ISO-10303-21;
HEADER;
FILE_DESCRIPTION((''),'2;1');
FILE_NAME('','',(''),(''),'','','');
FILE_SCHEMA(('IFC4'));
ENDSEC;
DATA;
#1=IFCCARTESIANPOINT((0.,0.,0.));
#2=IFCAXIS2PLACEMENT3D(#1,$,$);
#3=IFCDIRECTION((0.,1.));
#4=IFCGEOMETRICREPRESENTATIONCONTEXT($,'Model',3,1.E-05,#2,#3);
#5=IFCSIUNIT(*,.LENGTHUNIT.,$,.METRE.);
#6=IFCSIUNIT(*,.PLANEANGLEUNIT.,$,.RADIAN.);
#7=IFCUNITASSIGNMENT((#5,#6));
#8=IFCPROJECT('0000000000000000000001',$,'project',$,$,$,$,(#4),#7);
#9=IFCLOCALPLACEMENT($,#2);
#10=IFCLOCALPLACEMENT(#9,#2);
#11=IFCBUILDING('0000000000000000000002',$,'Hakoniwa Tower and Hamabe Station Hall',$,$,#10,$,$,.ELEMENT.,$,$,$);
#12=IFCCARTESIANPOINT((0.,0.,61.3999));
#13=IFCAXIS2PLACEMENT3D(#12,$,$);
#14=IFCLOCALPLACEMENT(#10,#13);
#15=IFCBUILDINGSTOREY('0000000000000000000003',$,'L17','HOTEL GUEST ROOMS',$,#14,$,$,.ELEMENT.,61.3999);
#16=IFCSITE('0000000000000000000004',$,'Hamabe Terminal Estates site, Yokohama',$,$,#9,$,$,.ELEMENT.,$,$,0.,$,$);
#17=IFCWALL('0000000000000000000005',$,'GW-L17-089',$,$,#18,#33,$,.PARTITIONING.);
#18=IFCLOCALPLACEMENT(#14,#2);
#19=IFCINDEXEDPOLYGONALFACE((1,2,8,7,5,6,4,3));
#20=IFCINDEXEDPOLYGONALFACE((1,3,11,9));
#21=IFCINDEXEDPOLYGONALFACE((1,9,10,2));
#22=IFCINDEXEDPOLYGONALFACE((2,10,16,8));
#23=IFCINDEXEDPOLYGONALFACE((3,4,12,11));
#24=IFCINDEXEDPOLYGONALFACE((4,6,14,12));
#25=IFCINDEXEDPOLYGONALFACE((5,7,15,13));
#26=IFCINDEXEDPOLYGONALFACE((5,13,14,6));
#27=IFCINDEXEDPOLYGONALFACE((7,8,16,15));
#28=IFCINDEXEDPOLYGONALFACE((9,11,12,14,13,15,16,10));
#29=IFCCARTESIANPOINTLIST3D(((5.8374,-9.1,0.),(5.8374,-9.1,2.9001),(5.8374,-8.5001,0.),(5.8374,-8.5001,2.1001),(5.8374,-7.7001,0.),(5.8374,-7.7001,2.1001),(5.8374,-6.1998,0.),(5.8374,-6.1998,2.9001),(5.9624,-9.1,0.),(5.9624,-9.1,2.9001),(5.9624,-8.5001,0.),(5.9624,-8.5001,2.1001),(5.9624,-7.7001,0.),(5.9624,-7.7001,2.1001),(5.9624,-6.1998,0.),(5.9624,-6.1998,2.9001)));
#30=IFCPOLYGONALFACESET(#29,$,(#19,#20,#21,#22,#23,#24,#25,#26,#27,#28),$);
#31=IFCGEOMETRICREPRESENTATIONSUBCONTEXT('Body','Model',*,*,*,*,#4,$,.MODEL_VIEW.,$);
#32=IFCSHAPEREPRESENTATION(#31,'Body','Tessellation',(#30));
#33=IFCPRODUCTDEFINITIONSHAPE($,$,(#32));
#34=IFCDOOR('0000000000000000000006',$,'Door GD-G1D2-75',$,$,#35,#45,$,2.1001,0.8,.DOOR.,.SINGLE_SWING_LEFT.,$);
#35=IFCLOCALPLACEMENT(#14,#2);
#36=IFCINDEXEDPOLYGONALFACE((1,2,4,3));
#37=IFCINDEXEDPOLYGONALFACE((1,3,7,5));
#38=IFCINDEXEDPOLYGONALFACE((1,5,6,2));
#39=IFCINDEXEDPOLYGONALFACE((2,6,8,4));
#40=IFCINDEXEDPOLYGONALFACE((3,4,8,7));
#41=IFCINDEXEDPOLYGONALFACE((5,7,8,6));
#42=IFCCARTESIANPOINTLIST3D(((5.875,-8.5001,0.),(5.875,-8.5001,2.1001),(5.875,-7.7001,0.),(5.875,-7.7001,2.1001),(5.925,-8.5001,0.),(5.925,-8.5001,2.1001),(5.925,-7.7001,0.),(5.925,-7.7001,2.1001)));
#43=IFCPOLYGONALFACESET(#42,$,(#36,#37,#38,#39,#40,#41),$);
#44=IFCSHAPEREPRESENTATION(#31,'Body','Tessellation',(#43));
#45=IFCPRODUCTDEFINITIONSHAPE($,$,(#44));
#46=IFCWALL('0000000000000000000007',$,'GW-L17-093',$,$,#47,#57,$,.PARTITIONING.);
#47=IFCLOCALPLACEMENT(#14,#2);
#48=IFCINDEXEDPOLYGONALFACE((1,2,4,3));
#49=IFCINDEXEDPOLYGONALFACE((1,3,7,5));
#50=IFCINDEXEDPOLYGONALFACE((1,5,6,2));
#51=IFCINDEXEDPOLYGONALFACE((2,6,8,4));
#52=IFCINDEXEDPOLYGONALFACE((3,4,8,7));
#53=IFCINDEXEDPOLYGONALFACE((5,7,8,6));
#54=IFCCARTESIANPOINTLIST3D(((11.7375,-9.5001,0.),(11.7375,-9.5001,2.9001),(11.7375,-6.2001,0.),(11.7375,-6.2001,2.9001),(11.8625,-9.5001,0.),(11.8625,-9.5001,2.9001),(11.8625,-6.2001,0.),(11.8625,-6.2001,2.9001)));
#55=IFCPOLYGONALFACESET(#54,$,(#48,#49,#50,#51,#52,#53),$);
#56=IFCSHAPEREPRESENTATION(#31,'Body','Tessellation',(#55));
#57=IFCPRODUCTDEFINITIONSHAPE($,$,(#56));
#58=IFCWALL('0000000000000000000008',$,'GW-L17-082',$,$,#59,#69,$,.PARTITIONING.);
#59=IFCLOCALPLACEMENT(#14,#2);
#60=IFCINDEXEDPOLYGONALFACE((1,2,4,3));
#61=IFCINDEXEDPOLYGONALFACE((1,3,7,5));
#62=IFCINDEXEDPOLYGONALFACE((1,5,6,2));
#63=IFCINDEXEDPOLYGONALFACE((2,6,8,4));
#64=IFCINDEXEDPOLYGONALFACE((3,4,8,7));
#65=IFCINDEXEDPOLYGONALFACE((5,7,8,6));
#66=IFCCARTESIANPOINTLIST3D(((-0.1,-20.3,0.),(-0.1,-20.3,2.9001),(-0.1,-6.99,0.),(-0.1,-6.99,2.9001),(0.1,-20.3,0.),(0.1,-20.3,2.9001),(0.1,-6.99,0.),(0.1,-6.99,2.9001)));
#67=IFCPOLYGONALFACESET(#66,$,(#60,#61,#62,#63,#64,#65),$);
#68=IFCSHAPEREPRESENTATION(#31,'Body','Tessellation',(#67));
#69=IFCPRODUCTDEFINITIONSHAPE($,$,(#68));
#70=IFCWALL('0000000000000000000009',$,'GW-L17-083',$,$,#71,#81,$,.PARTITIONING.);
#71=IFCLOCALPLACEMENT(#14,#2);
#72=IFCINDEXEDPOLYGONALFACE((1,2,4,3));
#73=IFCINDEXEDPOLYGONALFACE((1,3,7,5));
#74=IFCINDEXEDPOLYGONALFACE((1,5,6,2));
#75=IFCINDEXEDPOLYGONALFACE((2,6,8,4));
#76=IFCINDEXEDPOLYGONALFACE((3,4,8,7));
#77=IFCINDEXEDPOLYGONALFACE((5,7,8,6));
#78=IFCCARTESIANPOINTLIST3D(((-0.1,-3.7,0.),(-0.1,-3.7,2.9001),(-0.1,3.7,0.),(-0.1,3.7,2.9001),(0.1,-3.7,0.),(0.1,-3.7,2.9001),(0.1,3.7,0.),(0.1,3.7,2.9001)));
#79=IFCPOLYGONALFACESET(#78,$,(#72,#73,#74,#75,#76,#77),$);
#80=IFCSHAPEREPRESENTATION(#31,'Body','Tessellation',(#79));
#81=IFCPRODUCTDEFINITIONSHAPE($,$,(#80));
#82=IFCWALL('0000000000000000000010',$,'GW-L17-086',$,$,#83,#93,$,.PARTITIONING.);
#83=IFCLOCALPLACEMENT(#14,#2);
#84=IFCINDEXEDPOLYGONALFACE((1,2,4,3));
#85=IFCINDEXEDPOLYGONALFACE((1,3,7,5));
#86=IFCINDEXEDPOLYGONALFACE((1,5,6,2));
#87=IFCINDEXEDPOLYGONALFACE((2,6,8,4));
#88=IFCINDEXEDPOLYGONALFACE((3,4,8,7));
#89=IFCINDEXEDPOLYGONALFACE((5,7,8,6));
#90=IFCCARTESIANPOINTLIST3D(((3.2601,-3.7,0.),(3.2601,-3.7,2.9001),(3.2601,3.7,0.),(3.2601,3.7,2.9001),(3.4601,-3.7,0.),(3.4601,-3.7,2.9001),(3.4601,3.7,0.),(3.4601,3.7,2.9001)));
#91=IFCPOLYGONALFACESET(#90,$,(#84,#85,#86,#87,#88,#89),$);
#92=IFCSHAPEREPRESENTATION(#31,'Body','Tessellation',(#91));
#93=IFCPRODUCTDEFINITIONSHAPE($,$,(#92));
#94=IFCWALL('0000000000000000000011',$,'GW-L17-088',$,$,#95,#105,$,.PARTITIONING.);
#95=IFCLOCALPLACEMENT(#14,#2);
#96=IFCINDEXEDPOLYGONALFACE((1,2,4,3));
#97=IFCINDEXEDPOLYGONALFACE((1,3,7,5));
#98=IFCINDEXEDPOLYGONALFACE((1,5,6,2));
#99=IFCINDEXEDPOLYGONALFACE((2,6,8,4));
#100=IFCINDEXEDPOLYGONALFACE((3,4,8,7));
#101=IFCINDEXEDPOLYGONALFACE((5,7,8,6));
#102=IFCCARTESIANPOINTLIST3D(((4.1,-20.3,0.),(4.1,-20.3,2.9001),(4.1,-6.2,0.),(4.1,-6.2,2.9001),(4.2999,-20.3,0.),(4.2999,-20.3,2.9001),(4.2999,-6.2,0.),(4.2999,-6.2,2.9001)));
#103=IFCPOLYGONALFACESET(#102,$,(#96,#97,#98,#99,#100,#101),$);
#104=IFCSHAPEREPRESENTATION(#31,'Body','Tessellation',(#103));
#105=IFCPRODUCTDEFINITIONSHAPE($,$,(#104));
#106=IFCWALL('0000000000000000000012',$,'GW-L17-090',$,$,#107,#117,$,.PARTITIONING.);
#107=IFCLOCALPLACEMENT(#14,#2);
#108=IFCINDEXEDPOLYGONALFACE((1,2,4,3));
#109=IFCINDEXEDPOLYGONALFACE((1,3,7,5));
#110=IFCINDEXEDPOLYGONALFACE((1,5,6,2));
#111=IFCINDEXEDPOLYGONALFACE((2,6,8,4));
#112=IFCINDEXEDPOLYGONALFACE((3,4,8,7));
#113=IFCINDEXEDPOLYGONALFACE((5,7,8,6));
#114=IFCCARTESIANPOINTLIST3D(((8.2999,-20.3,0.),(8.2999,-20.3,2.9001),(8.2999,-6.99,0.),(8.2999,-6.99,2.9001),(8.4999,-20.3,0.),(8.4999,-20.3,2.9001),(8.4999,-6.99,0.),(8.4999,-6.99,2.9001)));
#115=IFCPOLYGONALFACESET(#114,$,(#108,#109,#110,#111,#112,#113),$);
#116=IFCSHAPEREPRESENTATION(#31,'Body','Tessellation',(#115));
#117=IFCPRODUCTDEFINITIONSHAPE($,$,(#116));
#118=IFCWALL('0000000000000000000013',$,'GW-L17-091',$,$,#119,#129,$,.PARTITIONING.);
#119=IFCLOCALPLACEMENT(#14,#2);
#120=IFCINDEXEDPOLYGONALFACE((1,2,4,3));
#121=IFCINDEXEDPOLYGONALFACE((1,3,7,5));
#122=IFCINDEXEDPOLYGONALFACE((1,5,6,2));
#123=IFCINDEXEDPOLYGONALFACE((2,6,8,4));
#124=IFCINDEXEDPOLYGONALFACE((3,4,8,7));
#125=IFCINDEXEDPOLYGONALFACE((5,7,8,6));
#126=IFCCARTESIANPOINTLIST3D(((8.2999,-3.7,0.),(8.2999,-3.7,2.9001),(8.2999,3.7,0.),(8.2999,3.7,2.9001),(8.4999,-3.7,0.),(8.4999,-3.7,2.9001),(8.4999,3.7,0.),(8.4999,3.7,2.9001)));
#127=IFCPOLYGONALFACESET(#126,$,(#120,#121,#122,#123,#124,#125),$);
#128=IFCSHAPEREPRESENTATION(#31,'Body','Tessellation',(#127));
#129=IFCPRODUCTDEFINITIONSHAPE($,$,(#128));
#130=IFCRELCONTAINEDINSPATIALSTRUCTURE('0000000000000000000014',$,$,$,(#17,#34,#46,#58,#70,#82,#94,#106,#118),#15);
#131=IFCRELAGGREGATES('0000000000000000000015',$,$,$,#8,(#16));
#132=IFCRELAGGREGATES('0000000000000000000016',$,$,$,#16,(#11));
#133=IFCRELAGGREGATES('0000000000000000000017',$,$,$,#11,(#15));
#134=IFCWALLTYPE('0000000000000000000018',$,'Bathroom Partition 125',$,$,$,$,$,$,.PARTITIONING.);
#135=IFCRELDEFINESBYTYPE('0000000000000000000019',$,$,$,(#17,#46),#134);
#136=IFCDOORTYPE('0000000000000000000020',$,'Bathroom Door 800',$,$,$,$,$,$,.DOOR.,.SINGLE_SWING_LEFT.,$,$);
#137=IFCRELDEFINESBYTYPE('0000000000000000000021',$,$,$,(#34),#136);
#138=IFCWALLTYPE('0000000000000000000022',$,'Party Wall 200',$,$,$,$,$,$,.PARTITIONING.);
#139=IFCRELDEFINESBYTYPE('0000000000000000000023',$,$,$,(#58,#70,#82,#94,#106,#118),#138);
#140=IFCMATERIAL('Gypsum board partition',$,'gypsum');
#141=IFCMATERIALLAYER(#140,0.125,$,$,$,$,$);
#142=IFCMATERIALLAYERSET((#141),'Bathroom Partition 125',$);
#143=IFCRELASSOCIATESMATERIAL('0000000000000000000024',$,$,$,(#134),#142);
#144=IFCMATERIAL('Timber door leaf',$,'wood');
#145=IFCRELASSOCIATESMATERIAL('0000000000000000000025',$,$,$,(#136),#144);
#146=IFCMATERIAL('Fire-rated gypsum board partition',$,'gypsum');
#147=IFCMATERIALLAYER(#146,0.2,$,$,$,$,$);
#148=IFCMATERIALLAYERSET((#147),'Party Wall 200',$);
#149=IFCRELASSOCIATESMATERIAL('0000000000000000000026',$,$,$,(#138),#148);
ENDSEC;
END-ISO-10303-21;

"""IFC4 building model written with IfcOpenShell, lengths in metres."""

from ifc_helpers import new_model, si_unit, direction, frame, frame_2d, origin, place, context, subcontext, project, spatial, rectangle, extrude, material, layer, layer_set, type_object, element, fill, save


model = new_model("IFC4")

# Units and contexts
model_context = context("Model", 3, precision=1e-05, world=origin(), true_north=direction((0.0, 1.0)))
body_context = subcontext(model_context, "Body", "Model", "MODEL_VIEW")
ifc_project = project(units=[si_unit("LENGTHUNIT", "METRE"), si_unit("PLANEANGLEUNIT", "RADIAN")], contexts=[model_context])

# Site, building, storey
site_placement = place(None, origin())
site = spatial("IfcSite", under=ifc_project, at=site_placement, Name="Hamabe Terminal Estates site, Yokohama", CompositionType="ELEMENT", RefElevation=0.0)
building_placement = place(site_placement, origin())
building = spatial("IfcBuilding", under=site, at=building_placement, Name="Hakoniwa Tower and Hamabe Station Hall", CompositionType="ELEMENT")
storey_placement = place(building_placement, frame((0.0, 0.0, 61.3999)))
storey = spatial("IfcBuildingStorey", under=building, at=storey_placement, Name="L17", Description="HOTEL GUEST ROOMS", CompositionType="ELEMENT", Elevation=61.3999)

# Shared definitions
ifc_material_1 = material(Name="Gypsum board partition", Category="gypsum")
ifc_layer_1 = layer(ifc_material_1, 0.125)
ifc_layer_set_1 = layer_set([ifc_layer_1], Name="Bathroom Partition 125")
wall_type_1 = type_object("IfcWallType", Name="Bathroom Partition 125", PredefinedType="PARTITIONING", material=ifc_layer_set_1)
ifc_material_2 = material(Name="Timber door leaf", Category="wood")
door_type = type_object("IfcDoorType", Name="Bathroom Door 800", OperationType="SINGLE_SWING_LEFT", PredefinedType="DOOR", material=ifc_material_2)

# Wall, opening, door
wall_1_placement = place(storey_placement, frame((5.8999, -9.1001, 0.0), z_axis=(0.0, 0.0, 1.0), x_axis=(0.0, 1.0, 0.0)))
wall_1 = element("IfcWall", 1, at=wall_1_placement, inside=storey, type_object=wall_type_1, Name="GW-L17-089", PredefinedType="PARTITIONING", context=body_context, shape_type="SweptSolid", body=[
    extrude(rectangle(XDim=2.9001, YDim=0.125, at=frame_2d((1.4502, 0.0))), origin(), (0.0, 0.0, 1.0), 2.9001),
])
opening_1_placement = place(wall_1_placement, frame((0.6001, 0.0, 0.0)))
opening_1 = element("IfcOpeningElement", 2, at=opening_1_placement, cuts=wall_1, PredefinedType="OPENING", context=body_context, shape_type="SweptSolid", body=[
    extrude(rectangle(XDim=0.8, YDim=2.1001, at=frame_2d((0.3999, 1.05))), frame((0.0, 0.0725, 0.0), z_axis=(0.0, -1.0, 0.0), x_axis=(1.0, 0.0, 0.0)), (0.0, 0.0, 1.0), 0.145),
])
door_1_placement = place(opening_1_placement, origin())
door_1 = element("IfcDoor", 3, at=door_1_placement, inside=storey, type_object=door_type, Name="Door GD-G1D2-75", OperationType="SINGLE_SWING_LEFT", OverallHeight=2.1001, OverallWidth=0.8, PredefinedType="DOOR", context=body_context, shape_type="SweptSolid", body=[
    extrude(rectangle(XDim=0.8, YDim=2.1001, at=frame_2d((0.3999, 1.05))), frame((0.0, 0.0249, 0.0), z_axis=(0.0, -1.0, 0.0), x_axis=(1.0, 0.0, 0.0)), (0.0, 0.0, 1.0), 0.05),
])
fill(opening_1, door_1)

# Walls
wall_2_placement = place(storey_placement, frame((11.8, -9.5, 0.0), z_axis=(0.0, 0.0, 1.0), x_axis=(0.0, 1.0, 0.0)))
element("IfcWall", 4, at=wall_2_placement, inside=storey, type_object=wall_type_1, Name="GW-L17-093", PredefinedType="PARTITIONING", context=body_context, shape_type="SweptSolid", body=[
    extrude(rectangle(XDim=3.3, YDim=0.125, at=frame_2d((1.6499, 0.0))), origin(), (0.0, 0.0, 1.0), 2.9001),
])
ifc_material_3 = material(Name="Fire-rated gypsum board partition", Category="gypsum")
ifc_layer_2 = layer(ifc_material_3, 0.2)
ifc_layer_set_2 = layer_set([ifc_layer_2], Name="Party Wall 200")
wall_type_2 = type_object("IfcWallType", Name="Party Wall 200", PredefinedType="PARTITIONING", material=ifc_layer_set_2)
wall_3_placement = place(storey_placement, frame((0.0, -20.3, 0.0), z_axis=(0.0, 0.0, 1.0), x_axis=(0.0, 1.0, 0.0)))
element("IfcWall", 5, at=wall_3_placement, inside=storey, type_object=wall_type_2, Name="GW-L17-082", PredefinedType="PARTITIONING", context=body_context, shape_type="SweptSolid", body=[
    extrude(rectangle(XDim=13.3101, YDim=0.2, at=frame_2d((6.655, 0.0))), origin(), (0.0, 0.0, 1.0), 2.9001),
])
for number, where, z_axis, x_axis, name in (
    (6, (0.0, -3.7, 0.0), (0.0, 0.0, 1.0), (0.0, 1.0, 0.0), "GW-L17-083"),
    (7, (3.3601, -3.7, 0.0), (0.0, 0.0, 1.0), (0.0, 1.0, 0.0), "GW-L17-086"),
):
    element("IfcWall", number, at=place(storey_placement, frame(where, z_axis=z_axis, x_axis=x_axis)), inside=storey, type_object=wall_type_2, Name=name, PredefinedType="PARTITIONING", context=body_context, shape_type="SweptSolid", body=[
        extrude(rectangle(XDim=7.3999, YDim=0.2, at=frame_2d((3.7, 0.0))), origin(), (0.0, 0.0, 1.0), 2.9001),
    ])
wall_4_placement = place(storey_placement, frame((4.2, -20.3, 0.0), z_axis=(0.0, 0.0, 1.0), x_axis=(0.0, 1.0, 0.0)))
element("IfcWall", 8, at=wall_4_placement, inside=storey, type_object=wall_type_2, Name="GW-L17-088", PredefinedType="PARTITIONING", context=body_context, shape_type="SweptSolid", body=[
    extrude(rectangle(XDim=14.1001, YDim=0.2, at=frame_2d((7.05, 0.0))), origin(), (0.0, 0.0, 1.0), 2.9001),
])
wall_5_placement = place(storey_placement, frame((8.3999, -20.3, 0.0), z_axis=(0.0, 0.0, 1.0), x_axis=(0.0, 1.0, 0.0)))
element("IfcWall", 9, at=wall_5_placement, inside=storey, type_object=wall_type_2, Name="GW-L17-090", PredefinedType="PARTITIONING", context=body_context, shape_type="SweptSolid", body=[
    extrude(rectangle(XDim=13.3101, YDim=0.2, at=frame_2d((6.655, 0.0))), origin(), (0.0, 0.0, 1.0), 2.9001),
])
wall_6_placement = place(storey_placement, frame((8.3999, -3.7, 0.0), z_axis=(0.0, 0.0, 1.0), x_axis=(0.0, 1.0, 0.0)))
element("IfcWall", 10, at=wall_6_placement, inside=storey, type_object=wall_type_2, Name="GW-L17-091", PredefinedType="PARTITIONING", context=body_context, shape_type="SweptSolid", body=[
    extrude(rectangle(XDim=7.3999, YDim=0.2, at=frame_2d((3.7, 0.0))), origin(), (0.0, 0.0, 1.0), 2.9001),
])

save(model, "model.ifc")
